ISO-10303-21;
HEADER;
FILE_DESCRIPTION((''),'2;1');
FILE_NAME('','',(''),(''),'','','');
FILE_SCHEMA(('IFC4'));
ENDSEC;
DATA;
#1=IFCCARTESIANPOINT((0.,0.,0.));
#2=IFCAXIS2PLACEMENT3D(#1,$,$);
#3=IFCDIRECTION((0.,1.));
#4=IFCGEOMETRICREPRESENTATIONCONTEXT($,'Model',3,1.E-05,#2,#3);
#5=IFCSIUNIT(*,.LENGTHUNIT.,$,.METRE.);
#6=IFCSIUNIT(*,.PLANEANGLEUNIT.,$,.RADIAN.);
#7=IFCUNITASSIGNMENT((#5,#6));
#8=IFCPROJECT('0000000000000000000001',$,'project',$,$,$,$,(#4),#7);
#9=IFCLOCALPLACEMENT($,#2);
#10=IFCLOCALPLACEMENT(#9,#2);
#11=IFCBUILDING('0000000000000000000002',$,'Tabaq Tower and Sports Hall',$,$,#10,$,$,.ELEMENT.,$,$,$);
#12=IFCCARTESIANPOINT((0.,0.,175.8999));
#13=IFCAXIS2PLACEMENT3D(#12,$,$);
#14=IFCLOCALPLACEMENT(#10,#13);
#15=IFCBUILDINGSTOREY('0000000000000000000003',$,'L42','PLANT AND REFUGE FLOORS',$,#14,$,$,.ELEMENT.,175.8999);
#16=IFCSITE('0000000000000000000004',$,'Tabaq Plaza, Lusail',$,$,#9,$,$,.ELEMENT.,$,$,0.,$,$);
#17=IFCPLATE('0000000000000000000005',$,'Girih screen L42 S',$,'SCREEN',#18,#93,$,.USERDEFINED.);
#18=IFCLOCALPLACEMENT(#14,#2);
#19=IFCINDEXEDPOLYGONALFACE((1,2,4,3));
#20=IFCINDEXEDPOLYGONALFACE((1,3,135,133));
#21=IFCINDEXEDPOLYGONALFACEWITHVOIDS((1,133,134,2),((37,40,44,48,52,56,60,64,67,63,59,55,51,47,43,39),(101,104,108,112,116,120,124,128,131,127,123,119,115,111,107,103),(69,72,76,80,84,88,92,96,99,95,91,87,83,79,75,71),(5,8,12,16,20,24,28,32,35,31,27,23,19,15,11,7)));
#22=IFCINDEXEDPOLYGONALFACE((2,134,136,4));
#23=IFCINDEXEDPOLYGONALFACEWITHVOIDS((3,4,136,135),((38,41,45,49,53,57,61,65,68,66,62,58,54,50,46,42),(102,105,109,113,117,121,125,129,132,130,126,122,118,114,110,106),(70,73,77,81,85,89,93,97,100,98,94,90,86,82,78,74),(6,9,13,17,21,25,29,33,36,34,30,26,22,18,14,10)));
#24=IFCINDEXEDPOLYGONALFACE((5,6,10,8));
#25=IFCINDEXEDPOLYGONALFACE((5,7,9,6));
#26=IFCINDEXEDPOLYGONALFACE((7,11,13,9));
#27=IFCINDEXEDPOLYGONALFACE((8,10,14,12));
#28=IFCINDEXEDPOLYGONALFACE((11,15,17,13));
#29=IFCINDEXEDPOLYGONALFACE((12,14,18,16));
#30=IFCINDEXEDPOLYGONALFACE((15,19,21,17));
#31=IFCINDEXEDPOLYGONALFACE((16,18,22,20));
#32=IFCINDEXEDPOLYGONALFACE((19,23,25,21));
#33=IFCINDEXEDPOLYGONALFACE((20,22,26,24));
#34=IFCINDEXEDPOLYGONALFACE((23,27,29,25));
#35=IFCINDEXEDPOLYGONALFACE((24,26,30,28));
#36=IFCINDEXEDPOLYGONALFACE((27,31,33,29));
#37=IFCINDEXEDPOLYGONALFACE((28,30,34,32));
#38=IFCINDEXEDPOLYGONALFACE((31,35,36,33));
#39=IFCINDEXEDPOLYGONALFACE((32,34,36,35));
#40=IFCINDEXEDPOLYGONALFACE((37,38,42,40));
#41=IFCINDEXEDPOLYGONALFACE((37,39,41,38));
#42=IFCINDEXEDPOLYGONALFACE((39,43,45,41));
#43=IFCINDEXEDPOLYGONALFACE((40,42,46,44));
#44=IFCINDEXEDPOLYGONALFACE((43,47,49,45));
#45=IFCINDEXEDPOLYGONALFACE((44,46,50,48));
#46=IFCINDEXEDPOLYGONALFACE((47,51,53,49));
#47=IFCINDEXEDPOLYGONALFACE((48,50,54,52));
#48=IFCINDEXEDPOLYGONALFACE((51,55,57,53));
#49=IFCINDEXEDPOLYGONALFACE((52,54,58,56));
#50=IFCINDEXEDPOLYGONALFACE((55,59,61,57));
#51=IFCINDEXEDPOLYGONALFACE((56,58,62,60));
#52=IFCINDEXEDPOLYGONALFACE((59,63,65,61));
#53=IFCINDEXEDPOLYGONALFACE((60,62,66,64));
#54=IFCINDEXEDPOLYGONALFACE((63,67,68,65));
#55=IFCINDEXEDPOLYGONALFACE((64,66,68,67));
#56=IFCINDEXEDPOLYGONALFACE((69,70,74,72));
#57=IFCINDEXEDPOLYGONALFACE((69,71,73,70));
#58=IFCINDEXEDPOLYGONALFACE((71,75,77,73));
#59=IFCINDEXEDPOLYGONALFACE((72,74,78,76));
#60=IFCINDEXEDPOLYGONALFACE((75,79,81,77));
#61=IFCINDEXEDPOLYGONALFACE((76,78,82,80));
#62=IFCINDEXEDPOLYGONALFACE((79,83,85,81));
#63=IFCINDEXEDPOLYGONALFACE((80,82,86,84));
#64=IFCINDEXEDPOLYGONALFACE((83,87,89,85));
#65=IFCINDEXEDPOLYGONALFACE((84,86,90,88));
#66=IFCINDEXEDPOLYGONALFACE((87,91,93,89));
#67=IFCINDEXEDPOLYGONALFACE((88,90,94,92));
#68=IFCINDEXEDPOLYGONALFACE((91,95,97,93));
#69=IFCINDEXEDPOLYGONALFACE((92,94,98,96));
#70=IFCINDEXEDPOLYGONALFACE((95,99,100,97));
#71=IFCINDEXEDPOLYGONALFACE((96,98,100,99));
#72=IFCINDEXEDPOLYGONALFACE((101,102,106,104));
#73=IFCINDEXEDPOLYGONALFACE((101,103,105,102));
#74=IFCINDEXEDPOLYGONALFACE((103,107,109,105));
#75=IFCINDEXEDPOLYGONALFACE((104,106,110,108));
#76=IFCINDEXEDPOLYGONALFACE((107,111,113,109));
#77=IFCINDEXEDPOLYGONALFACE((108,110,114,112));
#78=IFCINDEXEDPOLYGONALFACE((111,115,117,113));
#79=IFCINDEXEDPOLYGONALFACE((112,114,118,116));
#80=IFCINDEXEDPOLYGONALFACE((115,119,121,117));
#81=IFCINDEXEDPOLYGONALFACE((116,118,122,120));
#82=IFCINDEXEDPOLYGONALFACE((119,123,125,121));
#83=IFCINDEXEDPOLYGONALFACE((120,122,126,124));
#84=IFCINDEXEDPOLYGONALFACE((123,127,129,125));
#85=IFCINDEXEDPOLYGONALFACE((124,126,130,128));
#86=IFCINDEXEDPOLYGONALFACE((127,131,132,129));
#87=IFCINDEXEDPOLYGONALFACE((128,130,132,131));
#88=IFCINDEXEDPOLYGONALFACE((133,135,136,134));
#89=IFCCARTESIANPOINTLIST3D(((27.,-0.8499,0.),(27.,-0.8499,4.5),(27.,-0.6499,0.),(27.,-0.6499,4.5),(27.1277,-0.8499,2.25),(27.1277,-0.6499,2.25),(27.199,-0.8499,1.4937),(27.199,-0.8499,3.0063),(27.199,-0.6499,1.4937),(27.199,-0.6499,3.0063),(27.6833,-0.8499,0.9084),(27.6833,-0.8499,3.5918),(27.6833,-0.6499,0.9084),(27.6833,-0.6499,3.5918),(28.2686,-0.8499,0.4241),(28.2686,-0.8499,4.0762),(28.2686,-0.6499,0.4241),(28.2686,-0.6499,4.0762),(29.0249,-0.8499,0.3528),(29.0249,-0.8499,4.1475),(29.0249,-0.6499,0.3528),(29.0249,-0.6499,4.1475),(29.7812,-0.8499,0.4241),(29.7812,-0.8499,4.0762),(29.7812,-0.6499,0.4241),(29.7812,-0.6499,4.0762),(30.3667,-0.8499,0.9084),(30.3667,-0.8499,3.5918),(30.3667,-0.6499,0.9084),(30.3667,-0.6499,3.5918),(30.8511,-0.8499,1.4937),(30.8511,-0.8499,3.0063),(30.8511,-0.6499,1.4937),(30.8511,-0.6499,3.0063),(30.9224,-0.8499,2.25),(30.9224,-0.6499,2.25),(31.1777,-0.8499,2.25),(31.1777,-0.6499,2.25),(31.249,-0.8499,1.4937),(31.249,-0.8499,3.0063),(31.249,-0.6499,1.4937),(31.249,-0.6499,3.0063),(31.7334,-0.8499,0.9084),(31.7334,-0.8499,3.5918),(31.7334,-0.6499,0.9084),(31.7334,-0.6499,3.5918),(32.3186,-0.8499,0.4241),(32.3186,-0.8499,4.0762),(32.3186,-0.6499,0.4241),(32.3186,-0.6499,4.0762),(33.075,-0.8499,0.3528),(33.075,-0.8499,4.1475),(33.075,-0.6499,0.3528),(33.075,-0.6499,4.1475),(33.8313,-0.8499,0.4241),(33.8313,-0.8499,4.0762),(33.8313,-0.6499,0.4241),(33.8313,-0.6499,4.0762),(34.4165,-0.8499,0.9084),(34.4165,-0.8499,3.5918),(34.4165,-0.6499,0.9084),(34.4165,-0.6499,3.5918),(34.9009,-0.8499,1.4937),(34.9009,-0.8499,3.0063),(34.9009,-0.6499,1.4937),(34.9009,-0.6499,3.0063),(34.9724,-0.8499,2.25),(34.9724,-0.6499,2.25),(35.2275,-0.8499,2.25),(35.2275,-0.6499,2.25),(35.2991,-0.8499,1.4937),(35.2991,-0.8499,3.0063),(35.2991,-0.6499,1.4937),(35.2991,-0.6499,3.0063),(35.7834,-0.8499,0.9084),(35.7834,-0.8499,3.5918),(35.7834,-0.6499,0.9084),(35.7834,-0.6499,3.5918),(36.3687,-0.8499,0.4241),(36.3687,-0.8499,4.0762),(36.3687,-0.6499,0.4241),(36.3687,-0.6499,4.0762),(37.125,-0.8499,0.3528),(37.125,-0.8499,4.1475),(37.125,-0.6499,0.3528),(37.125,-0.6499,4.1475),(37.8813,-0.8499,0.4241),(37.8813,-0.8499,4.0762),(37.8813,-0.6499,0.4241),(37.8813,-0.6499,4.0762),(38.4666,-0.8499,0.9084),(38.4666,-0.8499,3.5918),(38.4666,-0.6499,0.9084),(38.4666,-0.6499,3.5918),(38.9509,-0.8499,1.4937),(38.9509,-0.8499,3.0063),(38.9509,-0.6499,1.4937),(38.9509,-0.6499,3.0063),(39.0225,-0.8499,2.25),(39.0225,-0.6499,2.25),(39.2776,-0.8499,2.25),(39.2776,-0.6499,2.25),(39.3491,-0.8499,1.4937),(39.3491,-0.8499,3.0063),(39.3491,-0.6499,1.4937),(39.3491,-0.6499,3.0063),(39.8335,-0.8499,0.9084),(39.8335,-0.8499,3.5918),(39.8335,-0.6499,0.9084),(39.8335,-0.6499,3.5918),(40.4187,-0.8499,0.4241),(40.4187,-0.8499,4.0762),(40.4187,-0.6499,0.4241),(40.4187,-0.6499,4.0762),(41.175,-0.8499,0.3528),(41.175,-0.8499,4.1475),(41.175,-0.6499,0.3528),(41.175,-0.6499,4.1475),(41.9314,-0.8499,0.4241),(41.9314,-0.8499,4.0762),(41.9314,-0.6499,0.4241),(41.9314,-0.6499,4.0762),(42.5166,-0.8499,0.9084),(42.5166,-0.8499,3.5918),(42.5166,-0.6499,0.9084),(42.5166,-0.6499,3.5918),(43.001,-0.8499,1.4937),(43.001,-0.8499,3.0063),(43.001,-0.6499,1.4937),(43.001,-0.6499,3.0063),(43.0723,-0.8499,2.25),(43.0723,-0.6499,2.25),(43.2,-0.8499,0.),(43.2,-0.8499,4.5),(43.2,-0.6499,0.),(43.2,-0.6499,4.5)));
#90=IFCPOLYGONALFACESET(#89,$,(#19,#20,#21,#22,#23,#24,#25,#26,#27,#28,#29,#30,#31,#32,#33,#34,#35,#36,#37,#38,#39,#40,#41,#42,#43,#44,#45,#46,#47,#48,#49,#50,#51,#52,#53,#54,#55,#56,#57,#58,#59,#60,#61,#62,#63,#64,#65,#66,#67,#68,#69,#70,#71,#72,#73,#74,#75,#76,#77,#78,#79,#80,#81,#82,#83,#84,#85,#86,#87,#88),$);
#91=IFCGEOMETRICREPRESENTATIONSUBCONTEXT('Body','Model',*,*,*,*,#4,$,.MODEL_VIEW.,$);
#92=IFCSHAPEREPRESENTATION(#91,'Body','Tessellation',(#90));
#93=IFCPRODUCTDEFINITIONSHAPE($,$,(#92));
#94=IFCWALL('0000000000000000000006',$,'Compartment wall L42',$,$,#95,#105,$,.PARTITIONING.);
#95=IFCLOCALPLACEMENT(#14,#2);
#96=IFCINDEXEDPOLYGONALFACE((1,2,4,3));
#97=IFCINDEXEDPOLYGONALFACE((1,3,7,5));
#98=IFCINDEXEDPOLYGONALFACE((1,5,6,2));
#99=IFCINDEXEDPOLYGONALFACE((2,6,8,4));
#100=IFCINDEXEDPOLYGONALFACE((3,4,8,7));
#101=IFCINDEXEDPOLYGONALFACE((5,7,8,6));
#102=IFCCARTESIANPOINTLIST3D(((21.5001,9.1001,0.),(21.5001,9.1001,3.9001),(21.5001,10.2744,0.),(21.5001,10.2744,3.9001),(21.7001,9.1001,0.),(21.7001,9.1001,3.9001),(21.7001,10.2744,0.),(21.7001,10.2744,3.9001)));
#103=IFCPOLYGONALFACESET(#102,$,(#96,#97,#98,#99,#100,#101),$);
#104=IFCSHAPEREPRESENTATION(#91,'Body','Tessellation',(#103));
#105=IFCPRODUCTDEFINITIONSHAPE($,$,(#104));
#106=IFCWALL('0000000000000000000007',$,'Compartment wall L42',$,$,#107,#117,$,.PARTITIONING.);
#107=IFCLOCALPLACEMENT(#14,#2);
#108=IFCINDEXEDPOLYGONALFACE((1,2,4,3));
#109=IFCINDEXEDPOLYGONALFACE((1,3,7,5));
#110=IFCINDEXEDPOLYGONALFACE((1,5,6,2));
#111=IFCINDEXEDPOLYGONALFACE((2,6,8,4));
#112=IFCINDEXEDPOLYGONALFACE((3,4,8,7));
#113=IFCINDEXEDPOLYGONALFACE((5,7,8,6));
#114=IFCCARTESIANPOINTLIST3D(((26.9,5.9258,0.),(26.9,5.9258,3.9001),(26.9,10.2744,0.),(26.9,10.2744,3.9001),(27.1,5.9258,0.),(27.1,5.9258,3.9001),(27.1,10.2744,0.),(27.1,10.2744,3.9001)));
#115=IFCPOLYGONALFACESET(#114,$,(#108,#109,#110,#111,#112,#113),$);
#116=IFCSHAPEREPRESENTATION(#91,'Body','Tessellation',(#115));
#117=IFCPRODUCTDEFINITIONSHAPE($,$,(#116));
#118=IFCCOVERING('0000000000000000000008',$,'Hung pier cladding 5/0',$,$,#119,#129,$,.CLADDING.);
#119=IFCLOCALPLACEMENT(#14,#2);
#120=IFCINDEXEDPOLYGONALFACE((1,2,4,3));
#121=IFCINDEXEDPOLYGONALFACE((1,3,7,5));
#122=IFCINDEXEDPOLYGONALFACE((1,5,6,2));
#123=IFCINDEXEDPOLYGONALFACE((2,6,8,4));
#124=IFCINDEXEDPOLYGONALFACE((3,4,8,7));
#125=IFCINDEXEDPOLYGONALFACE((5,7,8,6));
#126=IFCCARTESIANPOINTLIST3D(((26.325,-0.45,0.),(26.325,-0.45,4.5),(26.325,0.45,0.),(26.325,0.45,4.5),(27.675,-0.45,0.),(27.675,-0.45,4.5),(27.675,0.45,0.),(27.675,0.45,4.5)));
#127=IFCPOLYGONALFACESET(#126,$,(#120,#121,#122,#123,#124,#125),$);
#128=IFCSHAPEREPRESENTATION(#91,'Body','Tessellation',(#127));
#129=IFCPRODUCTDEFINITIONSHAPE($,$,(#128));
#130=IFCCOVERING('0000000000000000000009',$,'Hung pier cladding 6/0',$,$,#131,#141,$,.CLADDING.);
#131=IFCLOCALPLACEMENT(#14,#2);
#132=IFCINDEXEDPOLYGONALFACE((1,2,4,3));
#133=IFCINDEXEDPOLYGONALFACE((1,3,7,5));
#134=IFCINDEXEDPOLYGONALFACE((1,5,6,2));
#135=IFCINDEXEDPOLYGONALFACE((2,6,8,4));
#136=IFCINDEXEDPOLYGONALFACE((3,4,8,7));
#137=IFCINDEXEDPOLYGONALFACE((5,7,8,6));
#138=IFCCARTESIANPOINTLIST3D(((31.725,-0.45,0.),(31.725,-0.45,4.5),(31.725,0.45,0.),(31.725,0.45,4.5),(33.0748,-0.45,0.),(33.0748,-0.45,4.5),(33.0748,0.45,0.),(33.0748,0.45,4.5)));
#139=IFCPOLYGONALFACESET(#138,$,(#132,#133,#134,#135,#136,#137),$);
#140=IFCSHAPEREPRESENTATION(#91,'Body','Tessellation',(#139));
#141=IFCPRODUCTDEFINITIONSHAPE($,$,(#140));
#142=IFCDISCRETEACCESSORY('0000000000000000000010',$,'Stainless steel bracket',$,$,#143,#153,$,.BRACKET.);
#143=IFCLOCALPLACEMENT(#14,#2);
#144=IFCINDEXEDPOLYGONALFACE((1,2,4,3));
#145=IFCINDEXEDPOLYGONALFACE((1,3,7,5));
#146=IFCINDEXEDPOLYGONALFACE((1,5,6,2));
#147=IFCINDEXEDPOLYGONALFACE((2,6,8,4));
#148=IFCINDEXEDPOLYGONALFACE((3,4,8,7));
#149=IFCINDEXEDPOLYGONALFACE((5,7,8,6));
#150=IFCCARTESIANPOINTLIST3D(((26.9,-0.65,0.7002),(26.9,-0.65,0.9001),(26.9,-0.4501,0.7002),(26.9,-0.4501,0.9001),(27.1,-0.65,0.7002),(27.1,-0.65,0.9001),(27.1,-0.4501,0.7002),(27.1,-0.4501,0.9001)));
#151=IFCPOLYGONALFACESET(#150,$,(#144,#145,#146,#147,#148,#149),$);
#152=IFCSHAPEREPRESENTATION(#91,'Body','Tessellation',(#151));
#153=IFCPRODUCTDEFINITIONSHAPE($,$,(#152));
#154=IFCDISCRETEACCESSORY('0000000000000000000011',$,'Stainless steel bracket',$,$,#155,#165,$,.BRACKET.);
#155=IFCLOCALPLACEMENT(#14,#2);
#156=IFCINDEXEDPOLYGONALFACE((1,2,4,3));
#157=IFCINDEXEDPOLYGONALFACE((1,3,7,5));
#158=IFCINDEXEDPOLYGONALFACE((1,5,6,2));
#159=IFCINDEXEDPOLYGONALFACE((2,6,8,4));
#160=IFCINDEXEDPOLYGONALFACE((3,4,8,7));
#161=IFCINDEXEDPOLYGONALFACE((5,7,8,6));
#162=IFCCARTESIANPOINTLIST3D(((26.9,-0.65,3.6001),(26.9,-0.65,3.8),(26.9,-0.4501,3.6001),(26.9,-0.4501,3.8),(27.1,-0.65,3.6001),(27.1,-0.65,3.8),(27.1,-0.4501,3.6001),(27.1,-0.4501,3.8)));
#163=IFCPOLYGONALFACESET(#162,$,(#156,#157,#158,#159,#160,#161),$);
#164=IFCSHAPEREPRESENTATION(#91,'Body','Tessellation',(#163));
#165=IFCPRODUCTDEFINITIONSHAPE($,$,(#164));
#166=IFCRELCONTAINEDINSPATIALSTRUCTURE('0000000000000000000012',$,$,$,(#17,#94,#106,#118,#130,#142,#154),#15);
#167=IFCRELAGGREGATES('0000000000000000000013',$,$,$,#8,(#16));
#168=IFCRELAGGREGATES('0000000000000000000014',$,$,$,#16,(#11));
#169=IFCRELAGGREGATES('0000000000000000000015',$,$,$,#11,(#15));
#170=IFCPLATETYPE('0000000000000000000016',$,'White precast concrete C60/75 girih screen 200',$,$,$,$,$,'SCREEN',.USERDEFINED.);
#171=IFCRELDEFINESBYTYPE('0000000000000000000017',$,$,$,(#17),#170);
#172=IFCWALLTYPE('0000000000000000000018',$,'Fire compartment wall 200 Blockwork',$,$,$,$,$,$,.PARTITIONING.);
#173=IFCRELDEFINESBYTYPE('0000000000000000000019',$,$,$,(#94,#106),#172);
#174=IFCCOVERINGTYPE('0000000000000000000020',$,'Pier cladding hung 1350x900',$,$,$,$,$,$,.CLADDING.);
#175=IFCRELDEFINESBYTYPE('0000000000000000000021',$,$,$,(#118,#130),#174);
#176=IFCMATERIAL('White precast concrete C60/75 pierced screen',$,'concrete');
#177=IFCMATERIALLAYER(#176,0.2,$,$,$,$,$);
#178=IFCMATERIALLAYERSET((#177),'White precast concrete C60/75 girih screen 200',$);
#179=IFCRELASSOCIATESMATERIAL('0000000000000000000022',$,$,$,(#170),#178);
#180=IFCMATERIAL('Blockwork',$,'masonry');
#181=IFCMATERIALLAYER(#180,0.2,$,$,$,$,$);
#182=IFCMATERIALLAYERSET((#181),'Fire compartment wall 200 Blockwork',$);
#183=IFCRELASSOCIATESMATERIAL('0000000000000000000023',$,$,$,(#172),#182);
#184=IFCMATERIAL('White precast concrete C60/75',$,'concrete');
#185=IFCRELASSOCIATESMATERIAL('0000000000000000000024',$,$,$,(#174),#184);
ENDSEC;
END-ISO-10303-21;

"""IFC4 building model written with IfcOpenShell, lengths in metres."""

from ifc_helpers import new_model, si_unit, direction, frame, frame_2d, origin, origin_2d, place, context, subcontext, project, spatial, polyline, rectangle, outline, extrude, material, layer, layer_set, type_object, element, save


model = new_model("IFC4")

# Units and contexts
model_context = context("Model", 3, precision=1e-05, world=origin(), true_north=direction((0.0, 1.0)))
body_context = subcontext(model_context, "Body", "Model", "MODEL_VIEW")
ifc_project = project(units=[si_unit("LENGTHUNIT", "METRE"), si_unit("PLANEANGLEUNIT", "RADIAN")], contexts=[model_context])

# Site, building, storey
site_placement = place(None, origin())
site = spatial("IfcSite", under=ifc_project, at=site_placement, Name="Tabaq Plaza, Lusail", CompositionType="ELEMENT", RefElevation=0.0)
building_placement = place(site_placement, origin())
building = spatial("IfcBuilding", under=site, at=building_placement, Name="Tabaq Tower and Sports Hall", CompositionType="ELEMENT")
storey_placement = place(building_placement, frame((0.0, 0.0, 175.8999)))
storey = spatial("IfcBuildingStorey", under=building, at=storey_placement, Name="L42", Description="PLANT AND REFUGE FLOORS", CompositionType="ELEMENT", Elevation=175.8999)

# Plate
ifc_material_1 = material(Name="White precast concrete C60/75 pierced screen", Category="concrete")
ifc_layer_1 = layer(ifc_material_1, 0.2)
ifc_layer_set_1 = layer_set([ifc_layer_1], Name="White precast concrete C60/75 girih screen 200")
plate_type = type_object("IfcPlateType", Name="White precast concrete C60/75 girih screen 200", ElementType="SCREEN", PredefinedType="USERDEFINED", material=ifc_layer_set_1)
plate_placement = place(storey_placement, frame((27.0, -0.75, 0.0), z_axis=(0.0, 0.0, 1.0), x_axis=(1.0, 0.0, 0.0)))
element("IfcPlate", 1, at=plate_placement, inside=storey, type_object=plate_type, Name="Girih screen L42 S", ObjectType="SCREEN", PredefinedType="USERDEFINED", context=body_context, shape_type="SweptSolid", body=[
    extrude(outline(polyline([(0.0, 0.0), (16.2, 0.0), (16.2, 4.5), (0.0, 4.5), (0.0, 0.0)]), holes=[polyline([(3.8511, 3.0063), (3.3667, 3.5918), (2.7812, 4.0762), (2.0249, 4.1475), (1.2686, 4.0762), (0.6833, 3.5918), (0.199, 3.0063), (0.1277, 2.25), (0.199, 1.4937), (0.6833, 0.9084), (1.2686, 0.4241), (2.0249, 0.3528), (2.7812, 0.4241), (3.3667, 0.9084), (3.8511, 1.4937), (3.9224, 2.25), (3.8511, 3.0063)]), polyline([(7.9009, 3.0063), (7.4165, 3.5918), (6.8313, 4.0762), (6.075, 4.1475), (5.3186, 4.0762), (4.7334, 3.5918), (4.249, 3.0063), (4.1777, 2.25), (4.249, 1.4937), (4.7334, 0.9084), (5.3186, 0.4241), (6.075, 0.3528), (6.8313, 0.4241), (7.4165, 0.9084), (7.9009, 1.4937), (7.9724, 2.25), (7.9009, 3.0063)]), polyline([(11.9509, 3.0063), (11.4666, 3.5918), (10.8813, 4.0762), (10.125, 4.1475), (9.3687, 4.0762), (8.7834, 3.5918), (8.2991, 3.0063), (8.2275, 2.25), (8.2991, 1.4937), (8.7834, 0.9084), (9.3687, 0.4241), (10.125, 0.3528), (10.8813, 0.4241), (11.4666, 0.9084), (11.9509, 1.4937), (12.0225, 2.25), (11.9509, 3.0063)]), polyline([(16.001, 3.0063), (15.5166, 3.5918), (14.9314, 4.0762), (14.175, 4.1475), (13.4187, 4.0762), (12.8335, 3.5918), (12.3491, 3.0063), (12.2776, 2.25), (12.3491, 1.4937), (12.8335, 0.9084), (13.4187, 0.4241), (14.175, 0.3528), (14.9314, 0.4241), (15.5166, 0.9084), (16.001, 1.4937), (16.0723, 2.25), (16.001, 3.0063)])]), frame((0.0, 0.1001, 0.0), z_axis=(0.0, -1.0, 0.0), x_axis=(1.0, 0.0, 0.0)), (0.0, 0.0, 1.0), 0.2),
])

# Shared definitions
ifc_material_2 = material(Name="Blockwork", Category="masonry")
ifc_layer_2 = layer(ifc_material_2, 0.2)
ifc_layer_set_2 = layer_set([ifc_layer_2], Name="Fire compartment wall 200 Blockwork")
wall_type = type_object("IfcWallType", Name="Fire compartment wall 200 Blockwork", PredefinedType="PARTITIONING", material=ifc_layer_set_2)

# Walls
wall_1_placement = place(storey_placement, frame((21.6001, 9.1001, 0.0), z_axis=(0.0, 0.0, 1.0), x_axis=(0.0, 1.0, 0.0)))
element("IfcWall", 2, at=wall_1_placement, inside=storey, type_object=wall_type, Name="Compartment wall L42", PredefinedType="PARTITIONING", context=body_context, shape_type="SweptSolid", body=[
    extrude(rectangle(XDim=1.1743, YDim=0.2, at=frame_2d((0.5872, 0.0))), origin(), (0.0, 0.0, 1.0), 3.9001),
])
wall_2_placement = place(storey_placement, frame((27.0, 5.9258, 0.0), z_axis=(0.0, 0.0, 1.0), x_axis=(0.0, 1.0, 0.0)))
element("IfcWall", 3, at=wall_2_placement, inside=storey, type_object=wall_type, Name="Compartment wall L42", PredefinedType="PARTITIONING", context=body_context, shape_type="SweptSolid", body=[
    extrude(rectangle(XDim=4.3486, YDim=0.2, at=frame_2d((2.1743, 0.0))), origin(), (0.0, 0.0, 1.0), 3.9001),
])

# Coverings
ifc_material_3 = material(Name="White precast concrete C60/75", Category="concrete")
covering_type = type_object("IfcCoveringType", Name="Pier cladding hung 1350x900", PredefinedType="CLADDING", material=ifc_material_3)
covering_1_placement = place(storey_placement, frame((26.325, 0.0, 0.0), z_axis=(0.0, 0.0, 1.0), x_axis=(1.0, 0.0, 0.0)))
element("IfcCovering", 4, at=covering_1_placement, inside=storey, type_object=covering_type, Name="Hung pier cladding 5/0", PredefinedType="CLADDING", context=body_context, shape_type="SweptSolid", body=[
    extrude(rectangle(XDim=1.3501, YDim=0.8999, at=frame_2d((0.675, 0.0))), origin(), (0.0, 0.0, 1.0), 4.5),
])
covering_2_placement = place(storey_placement, frame((31.7251, 0.0, 0.0), z_axis=(0.0, 0.0, 1.0), x_axis=(1.0, 0.0, 0.0)))
element("IfcCovering", 5, at=covering_2_placement, inside=storey, type_object=covering_type, Name="Hung pier cladding 6/0", PredefinedType="CLADDING", context=body_context, shape_type="SweptSolid", body=[
    extrude(rectangle(XDim=1.3499, YDim=0.8999, at=frame_2d((0.6748, 0.0))), origin(), (0.0, 0.0, 1.0), 4.5),
])

# Discrete accessories
for number, where, z_axis, x_axis, name in (
    (6, (27.0, -0.55, 0.7002), (0.0, 0.0, 1.0), (0.0, 1.0, 0.0), "Stainless steel bracket"),
    (7, (27.0, -0.55, 3.6001), (0.0, 0.0, 1.0), (0.0, 1.0, 0.0), "Stainless steel bracket"),
):
    element("IfcDiscreteAccessory", number, at=place(storey_placement, frame(where, z_axis=z_axis, x_axis=x_axis)), inside=storey, Name=name, PredefinedType="BRACKET", context=body_context, shape_type="SweptSolid", body=[
        extrude(rectangle(XDim=0.2, YDim=0.2, at=origin_2d()), origin(), (0.0, 0.0, 1.0), 0.2),
    ])

save(model, "model.ifc")
